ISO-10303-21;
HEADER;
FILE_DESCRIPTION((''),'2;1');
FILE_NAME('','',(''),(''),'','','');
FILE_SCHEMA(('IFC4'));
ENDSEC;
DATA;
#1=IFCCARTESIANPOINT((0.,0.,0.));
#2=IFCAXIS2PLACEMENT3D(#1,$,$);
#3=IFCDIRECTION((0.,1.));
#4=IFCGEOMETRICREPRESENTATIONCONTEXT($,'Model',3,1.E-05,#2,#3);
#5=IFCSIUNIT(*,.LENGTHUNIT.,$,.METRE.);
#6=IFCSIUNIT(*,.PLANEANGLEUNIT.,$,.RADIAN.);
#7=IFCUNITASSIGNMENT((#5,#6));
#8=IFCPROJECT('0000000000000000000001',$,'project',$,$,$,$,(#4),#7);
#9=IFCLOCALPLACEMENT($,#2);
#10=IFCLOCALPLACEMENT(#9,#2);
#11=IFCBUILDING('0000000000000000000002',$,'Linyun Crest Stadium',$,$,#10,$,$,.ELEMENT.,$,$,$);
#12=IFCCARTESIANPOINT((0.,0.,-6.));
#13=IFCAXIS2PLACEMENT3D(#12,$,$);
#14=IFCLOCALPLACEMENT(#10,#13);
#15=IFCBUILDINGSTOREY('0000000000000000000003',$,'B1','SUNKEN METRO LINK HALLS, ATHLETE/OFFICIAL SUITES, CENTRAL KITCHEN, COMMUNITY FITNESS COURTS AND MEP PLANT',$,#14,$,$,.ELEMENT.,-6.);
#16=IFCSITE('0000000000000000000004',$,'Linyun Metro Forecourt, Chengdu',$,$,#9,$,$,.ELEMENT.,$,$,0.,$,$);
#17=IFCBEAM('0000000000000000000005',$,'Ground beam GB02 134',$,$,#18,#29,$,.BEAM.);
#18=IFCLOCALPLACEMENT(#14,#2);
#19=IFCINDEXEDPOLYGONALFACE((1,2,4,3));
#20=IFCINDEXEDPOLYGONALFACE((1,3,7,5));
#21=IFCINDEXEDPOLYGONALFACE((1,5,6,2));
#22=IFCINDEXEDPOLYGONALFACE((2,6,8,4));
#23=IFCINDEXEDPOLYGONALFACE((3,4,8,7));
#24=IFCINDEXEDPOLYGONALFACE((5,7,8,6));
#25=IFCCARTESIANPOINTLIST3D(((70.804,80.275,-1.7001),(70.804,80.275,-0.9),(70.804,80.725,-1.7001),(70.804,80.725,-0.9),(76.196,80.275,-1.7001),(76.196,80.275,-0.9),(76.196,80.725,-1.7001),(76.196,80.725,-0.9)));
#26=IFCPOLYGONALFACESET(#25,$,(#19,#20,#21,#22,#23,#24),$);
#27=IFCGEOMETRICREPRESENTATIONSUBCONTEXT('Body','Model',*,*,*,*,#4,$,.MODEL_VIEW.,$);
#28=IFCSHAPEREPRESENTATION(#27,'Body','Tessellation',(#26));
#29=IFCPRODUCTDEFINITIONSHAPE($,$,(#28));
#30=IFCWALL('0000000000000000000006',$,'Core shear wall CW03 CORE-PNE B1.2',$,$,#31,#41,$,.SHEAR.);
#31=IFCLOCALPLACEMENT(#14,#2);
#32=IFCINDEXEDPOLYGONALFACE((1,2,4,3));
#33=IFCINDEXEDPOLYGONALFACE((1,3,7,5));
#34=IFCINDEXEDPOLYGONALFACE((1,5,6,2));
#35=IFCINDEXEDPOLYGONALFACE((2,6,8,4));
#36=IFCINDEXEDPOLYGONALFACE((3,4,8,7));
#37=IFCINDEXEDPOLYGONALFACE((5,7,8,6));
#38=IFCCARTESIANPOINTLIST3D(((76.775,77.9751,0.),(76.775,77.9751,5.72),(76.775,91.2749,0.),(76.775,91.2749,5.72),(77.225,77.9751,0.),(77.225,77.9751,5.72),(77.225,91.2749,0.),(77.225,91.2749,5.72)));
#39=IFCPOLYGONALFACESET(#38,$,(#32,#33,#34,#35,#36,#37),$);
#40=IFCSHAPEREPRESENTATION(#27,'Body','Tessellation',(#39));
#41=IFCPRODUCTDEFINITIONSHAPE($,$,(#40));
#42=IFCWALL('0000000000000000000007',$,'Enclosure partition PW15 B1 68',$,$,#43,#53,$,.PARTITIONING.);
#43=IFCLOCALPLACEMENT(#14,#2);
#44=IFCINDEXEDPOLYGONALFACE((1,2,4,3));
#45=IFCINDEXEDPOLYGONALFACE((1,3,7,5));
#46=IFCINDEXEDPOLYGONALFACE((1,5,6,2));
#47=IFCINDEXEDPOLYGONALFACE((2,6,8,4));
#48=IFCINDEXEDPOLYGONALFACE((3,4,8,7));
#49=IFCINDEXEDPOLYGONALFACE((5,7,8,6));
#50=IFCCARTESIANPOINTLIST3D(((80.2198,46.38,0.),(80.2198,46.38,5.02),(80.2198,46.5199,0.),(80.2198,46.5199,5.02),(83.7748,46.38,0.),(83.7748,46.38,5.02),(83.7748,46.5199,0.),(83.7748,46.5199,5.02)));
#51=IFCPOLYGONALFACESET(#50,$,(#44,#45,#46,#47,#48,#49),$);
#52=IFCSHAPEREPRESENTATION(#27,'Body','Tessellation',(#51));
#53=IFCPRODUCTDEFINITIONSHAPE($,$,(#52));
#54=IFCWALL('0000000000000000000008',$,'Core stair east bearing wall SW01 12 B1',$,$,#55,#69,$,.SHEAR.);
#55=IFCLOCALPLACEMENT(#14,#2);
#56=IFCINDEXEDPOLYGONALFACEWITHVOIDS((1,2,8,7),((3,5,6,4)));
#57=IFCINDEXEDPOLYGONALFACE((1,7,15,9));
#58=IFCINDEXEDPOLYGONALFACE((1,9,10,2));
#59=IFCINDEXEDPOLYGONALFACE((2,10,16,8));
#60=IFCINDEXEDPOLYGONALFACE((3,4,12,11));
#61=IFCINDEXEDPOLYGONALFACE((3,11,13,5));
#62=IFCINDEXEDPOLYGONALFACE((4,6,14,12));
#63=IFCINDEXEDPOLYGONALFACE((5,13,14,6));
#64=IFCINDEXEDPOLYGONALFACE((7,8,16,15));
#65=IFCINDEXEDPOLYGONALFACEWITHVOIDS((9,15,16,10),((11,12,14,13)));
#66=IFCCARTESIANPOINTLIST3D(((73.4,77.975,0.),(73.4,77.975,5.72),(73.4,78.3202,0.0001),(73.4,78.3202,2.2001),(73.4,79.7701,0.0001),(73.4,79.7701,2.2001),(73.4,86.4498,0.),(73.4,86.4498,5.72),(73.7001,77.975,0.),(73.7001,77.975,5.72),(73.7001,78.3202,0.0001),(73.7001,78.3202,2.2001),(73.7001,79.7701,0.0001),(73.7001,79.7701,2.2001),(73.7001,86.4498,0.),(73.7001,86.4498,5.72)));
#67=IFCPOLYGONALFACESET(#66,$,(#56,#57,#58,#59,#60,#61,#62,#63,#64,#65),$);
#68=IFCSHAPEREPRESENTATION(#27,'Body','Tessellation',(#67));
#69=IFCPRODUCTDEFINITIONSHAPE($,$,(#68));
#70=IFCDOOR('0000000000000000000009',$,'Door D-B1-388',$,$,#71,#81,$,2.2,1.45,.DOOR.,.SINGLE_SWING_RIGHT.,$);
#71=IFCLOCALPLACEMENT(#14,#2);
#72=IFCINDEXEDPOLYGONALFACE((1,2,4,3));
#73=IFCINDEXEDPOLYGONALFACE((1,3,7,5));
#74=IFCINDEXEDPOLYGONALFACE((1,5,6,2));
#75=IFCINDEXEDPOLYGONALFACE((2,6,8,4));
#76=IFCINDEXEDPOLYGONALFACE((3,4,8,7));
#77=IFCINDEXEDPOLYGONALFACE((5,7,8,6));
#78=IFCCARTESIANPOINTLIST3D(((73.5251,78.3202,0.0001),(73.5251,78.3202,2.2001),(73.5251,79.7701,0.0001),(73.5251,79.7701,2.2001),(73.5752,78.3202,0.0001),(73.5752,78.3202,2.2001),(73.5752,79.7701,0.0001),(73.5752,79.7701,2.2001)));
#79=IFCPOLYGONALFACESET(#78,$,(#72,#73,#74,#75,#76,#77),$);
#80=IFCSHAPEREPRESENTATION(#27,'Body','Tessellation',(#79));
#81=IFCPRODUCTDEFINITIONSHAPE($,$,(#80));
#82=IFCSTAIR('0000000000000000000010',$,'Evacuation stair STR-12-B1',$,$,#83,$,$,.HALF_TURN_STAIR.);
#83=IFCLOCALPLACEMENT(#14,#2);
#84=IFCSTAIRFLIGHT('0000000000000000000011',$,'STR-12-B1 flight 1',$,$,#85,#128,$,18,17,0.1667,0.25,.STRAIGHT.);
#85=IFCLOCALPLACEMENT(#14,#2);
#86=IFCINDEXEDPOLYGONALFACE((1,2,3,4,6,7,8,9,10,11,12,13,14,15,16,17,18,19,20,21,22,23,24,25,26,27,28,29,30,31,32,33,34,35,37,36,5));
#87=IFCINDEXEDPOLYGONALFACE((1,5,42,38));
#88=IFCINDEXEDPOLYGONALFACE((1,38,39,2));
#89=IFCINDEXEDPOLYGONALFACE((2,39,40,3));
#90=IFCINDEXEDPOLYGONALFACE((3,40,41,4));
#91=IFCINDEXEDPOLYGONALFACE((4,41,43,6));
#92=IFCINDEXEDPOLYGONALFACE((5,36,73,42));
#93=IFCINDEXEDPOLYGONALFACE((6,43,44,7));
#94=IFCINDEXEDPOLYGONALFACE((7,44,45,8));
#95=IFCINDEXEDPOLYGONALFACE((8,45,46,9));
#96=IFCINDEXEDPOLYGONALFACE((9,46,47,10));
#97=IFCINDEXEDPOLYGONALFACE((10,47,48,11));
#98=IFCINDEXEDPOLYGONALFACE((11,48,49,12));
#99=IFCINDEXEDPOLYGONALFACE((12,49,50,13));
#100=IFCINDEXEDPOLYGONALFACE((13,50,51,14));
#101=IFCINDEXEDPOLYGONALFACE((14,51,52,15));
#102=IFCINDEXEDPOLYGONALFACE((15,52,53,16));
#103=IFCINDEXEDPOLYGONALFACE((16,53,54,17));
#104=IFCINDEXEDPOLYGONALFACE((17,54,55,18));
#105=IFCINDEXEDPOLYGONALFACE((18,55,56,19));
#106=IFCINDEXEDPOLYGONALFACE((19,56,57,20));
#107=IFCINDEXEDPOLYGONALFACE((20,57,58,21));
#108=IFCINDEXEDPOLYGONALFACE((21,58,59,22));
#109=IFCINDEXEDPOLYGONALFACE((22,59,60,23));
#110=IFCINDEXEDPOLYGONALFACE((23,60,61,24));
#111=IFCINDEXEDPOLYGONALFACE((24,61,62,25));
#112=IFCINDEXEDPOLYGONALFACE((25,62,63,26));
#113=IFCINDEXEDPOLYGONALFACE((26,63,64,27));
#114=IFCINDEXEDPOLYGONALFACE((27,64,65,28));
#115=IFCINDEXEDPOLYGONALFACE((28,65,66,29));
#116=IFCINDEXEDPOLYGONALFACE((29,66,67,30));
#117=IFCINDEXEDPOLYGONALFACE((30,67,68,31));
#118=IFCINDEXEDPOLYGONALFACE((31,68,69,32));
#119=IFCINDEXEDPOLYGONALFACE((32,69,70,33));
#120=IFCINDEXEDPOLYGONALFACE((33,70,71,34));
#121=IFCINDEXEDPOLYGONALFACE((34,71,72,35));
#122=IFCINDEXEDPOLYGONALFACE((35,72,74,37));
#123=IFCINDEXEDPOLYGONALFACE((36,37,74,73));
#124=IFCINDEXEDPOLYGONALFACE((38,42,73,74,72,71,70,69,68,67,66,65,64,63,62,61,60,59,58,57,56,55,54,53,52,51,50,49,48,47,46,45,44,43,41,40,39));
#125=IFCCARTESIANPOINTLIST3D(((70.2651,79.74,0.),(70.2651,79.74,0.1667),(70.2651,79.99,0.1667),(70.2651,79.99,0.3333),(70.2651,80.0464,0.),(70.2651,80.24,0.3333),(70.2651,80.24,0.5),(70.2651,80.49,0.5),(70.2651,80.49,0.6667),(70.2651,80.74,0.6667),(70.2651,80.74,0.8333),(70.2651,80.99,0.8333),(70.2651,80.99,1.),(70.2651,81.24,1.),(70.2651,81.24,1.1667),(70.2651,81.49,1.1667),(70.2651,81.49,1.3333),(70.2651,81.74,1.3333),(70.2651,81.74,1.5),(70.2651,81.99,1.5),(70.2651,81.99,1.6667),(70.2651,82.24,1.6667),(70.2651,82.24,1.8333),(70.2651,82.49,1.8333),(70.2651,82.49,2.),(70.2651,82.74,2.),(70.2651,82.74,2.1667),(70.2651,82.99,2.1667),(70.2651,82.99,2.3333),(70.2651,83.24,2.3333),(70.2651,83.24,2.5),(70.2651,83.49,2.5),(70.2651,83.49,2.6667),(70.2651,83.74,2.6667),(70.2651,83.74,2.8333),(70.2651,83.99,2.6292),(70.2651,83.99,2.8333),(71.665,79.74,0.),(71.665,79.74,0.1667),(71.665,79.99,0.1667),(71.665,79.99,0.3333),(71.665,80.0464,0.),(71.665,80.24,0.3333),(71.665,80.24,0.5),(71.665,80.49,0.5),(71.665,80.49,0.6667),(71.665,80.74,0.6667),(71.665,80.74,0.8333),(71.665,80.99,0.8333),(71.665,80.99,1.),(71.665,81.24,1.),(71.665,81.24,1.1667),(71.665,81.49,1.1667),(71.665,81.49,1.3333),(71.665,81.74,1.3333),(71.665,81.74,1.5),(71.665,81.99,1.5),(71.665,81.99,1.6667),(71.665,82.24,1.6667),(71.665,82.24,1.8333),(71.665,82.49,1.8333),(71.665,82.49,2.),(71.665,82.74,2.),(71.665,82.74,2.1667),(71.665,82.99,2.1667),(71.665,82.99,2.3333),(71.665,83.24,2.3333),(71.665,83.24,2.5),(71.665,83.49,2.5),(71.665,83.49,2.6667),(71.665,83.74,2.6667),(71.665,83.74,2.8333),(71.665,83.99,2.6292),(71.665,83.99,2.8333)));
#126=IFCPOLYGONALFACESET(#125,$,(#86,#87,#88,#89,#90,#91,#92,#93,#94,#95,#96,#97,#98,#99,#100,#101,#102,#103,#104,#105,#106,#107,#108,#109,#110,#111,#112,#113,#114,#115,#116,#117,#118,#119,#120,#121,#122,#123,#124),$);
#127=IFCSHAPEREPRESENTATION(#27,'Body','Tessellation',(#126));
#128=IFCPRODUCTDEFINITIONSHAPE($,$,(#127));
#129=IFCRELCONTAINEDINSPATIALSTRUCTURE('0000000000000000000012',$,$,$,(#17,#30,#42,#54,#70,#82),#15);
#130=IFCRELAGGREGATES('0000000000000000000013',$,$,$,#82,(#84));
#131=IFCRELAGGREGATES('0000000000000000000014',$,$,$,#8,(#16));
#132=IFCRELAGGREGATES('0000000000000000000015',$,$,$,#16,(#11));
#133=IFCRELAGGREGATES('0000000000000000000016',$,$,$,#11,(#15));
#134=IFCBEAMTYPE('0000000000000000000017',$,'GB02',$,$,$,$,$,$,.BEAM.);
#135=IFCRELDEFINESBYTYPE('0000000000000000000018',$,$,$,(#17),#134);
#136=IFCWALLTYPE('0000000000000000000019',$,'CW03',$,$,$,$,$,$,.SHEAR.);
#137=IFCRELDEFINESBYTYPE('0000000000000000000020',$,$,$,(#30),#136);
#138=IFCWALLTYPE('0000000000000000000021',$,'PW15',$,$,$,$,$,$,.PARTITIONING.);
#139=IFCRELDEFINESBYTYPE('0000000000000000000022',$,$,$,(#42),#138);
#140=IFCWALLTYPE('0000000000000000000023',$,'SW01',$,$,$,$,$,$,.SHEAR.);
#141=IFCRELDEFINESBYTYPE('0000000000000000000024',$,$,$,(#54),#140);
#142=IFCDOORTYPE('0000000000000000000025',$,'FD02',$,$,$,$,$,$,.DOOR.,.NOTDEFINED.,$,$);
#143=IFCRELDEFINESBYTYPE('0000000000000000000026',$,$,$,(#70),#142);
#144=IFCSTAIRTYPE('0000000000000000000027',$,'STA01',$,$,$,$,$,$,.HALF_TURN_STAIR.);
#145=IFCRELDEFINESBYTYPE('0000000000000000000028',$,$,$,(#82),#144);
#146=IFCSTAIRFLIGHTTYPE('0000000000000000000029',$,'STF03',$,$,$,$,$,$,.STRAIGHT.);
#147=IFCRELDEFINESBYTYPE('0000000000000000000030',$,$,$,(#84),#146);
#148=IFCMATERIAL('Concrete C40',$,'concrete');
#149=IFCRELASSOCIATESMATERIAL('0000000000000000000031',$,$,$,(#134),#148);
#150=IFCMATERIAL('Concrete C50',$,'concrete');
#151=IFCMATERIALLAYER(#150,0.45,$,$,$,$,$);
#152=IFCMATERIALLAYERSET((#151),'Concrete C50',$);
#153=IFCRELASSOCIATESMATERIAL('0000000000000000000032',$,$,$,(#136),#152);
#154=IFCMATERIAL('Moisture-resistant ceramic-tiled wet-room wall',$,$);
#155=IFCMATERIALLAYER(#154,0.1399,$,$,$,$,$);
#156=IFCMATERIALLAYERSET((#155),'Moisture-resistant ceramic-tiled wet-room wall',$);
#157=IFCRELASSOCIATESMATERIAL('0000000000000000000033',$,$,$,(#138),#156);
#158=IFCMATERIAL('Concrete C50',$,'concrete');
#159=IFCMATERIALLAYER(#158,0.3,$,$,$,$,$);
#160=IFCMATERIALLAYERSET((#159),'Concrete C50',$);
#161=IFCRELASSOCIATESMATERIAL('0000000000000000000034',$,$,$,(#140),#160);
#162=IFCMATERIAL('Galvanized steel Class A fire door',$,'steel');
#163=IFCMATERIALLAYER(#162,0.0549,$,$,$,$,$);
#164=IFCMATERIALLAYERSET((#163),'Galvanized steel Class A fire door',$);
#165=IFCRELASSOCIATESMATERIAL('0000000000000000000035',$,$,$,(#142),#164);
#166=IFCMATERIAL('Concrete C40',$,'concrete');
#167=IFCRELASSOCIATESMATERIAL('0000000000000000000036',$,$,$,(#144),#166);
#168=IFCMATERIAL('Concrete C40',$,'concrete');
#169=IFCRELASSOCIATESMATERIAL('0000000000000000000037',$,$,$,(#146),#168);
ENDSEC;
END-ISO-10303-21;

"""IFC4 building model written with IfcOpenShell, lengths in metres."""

from ifc_helpers import new_model, si_unit, direction, frame, frame_2d, origin, origin_2d, place, context, subcontext, project, spatial, polyline, rectangle, outline, extrude, material, layer, layer_set, material_profile, profile_set, type_object, element, fill, aggregate, save


model = new_model("IFC4")

# Units and contexts
model_context = context("Model", 3, precision=1e-05, world=origin(), true_north=direction((0.0, 1.0)))
body_context = subcontext(model_context, "Body", "Model", "MODEL_VIEW")
ifc_project = project(units=[si_unit("LENGTHUNIT", "METRE"), si_unit("PLANEANGLEUNIT", "RADIAN")], contexts=[model_context])

# Site, building, storey
site_placement = place(None, origin())
site = spatial("IfcSite", under=ifc_project, at=site_placement, Name="Linyun Metro Forecourt, Chengdu", CompositionType="ELEMENT", RefElevation=0.0)
building_placement = place(site_placement, origin())
building = spatial("IfcBuilding", under=site, at=building_placement, Name="Linyun Crest Stadium", CompositionType="ELEMENT")
storey_placement = place(building_placement, frame((0.0, 0.0, -6.0)))
storey = spatial("IfcBuildingStorey", under=building, at=storey_placement, Name="B1", Description="SUNKEN METRO LINK HALLS, ATHLETE/OFFICIAL SUITES, CENTRAL KITCHEN, COMMUNITY FITNESS COURTS AND MEP PLANT", CompositionType="ELEMENT", Elevation=-6.0)

# Beam
ifc_material_1 = material(Name="Concrete C40", Category="concrete")
ifc_material_profile_1 = material_profile(ifc_material_1, rectangle(XDim=0.45, YDim=0.8, at=origin_2d()), Name="RCB 800x450")
ifc_profile_set_1 = profile_set([ifc_material_profile_1], Name="Concrete C40")
beam_type = type_object("IfcBeamType", Name="GB02", PredefinedType="BEAM", material=ifc_profile_set_1)
beam_placement = place(storey_placement, frame((70.804, 80.5, -1.3), z_axis=(1.0, 0.0, 0.0), x_axis=(0.0, 1.0, 0.0)))
element("IfcBeam", 1, at=beam_placement, inside=storey, type_object=beam_type, Name="Ground beam GB02 134", PredefinedType="BEAM", context=body_context, shape_type="SweptSolid", body=[
    extrude(rectangle(XDim=0.45, YDim=0.8, at=origin_2d()), origin(), (0.0, 0.0, 1.0), 5.3921),
])

# Walls
ifc_material_2 = material(Name="Concrete C50", Category="concrete")
ifc_layer_1 = layer(ifc_material_2, 0.45)
ifc_layer_set_1 = layer_set([ifc_layer_1], Name="Concrete C50")
wall_type_1 = type_object("IfcWallType", Name="CW03", PredefinedType="SHEAR", material=ifc_layer_set_1)
wall_1_placement = place(storey_placement, frame((77.0, 77.9751, 0.0), z_axis=(0.0, 0.0, 1.0), x_axis=(0.0, 1.0, 0.0)))
element("IfcWall", 2, at=wall_1_placement, inside=storey, type_object=wall_type_1, Name="Core shear wall CW03 CORE-PNE B1.2", PredefinedType="SHEAR", context=body_context, shape_type="SweptSolid", body=[
    extrude(rectangle(XDim=13.2998, YDim=0.45, at=frame_2d((6.6499, 0.0))), origin(), (0.0, 0.0, 1.0), 5.72),
])
ifc_material_3 = material(Name="Moisture-resistant ceramic-tiled wet-room wall")
ifc_layer_2 = layer(ifc_material_3, 0.1399)
ifc_layer_set_2 = layer_set([ifc_layer_2], Name="Moisture-resistant ceramic-tiled wet-room wall")
wall_type_2 = type_object("IfcWallType", Name="PW15", PredefinedType="PARTITIONING", material=ifc_layer_set_2)
wall_2_placement = place(storey_placement, frame((80.22, 46.45, 0.0), z_axis=(0.0, 0.0, 1.0), x_axis=(1.0, 0.0, 0.0)))
element("IfcWall", 3, at=wall_2_placement, inside=storey, type_object=wall_type_2, Name="Enclosure partition PW15 B1 68", PredefinedType="PARTITIONING", context=body_context, shape_type="SweptSolid", body=[
    extrude(rectangle(XDim=3.5549, YDim=0.1399, at=frame_2d((1.7773, 0.0))), origin(), (0.0, 0.0, 1.0), 5.02),
])

# Wall, opening, door
ifc_material_4 = material(Name="Concrete C50", Category="concrete")
ifc_layer_3 = layer(ifc_material_4, 0.3)
ifc_layer_set_3 = layer_set([ifc_layer_3], Name="Concrete C50")
wall_type_3 = type_object("IfcWallType", Name="SW01", PredefinedType="SHEAR", material=ifc_layer_set_3)
wall_3_placement = place(storey_placement, frame((73.55, 77.9751, 0.0), z_axis=(0.0, 0.0, 1.0), x_axis=(0.0, 1.0, 0.0)))
wall_3 = element("IfcWall", 4, at=wall_3_placement, inside=storey, type_object=wall_type_3, Name="Core stair east bearing wall SW01 12 B1", PredefinedType="SHEAR", context=body_context, shape_type="SweptSolid", body=[
    extrude(rectangle(XDim=8.4749, YDim=0.3, at=frame_2d((4.2373, 0.0))), origin(), (0.0, 0.0, 1.0), 5.72),
])
opening_placement = place(wall_3_placement, frame((0.345, 0.0, 0.0)))
opening = element("IfcOpeningElement", 5, at=opening_placement, cuts=wall_3, PredefinedType="OPENING", context=body_context, shape_type="SweptSolid", body=[
    extrude(rectangle(XDim=1.45, YDim=2.2, at=frame_2d((0.7251, 1.1001))), frame((0.0, 0.1599, 0.0), z_axis=(0.0, -1.0, 0.0), x_axis=(1.0, 0.0, 0.0)), (0.0, 0.0, 1.0), 0.3201),
])
ifc_material_5 = material(Name="Galvanized steel Class A fire door", Category="steel")
ifc_layer_4 = layer(ifc_material_5, 0.0549)
ifc_layer_set_4 = layer_set([ifc_layer_4], Name="Galvanized steel Class A fire door")
door_type = type_object("IfcDoorType", Name="FD02", OperationType="NOTDEFINED", PredefinedType="DOOR", material=ifc_layer_set_4)
door_placement = place(opening_placement, origin())
door = element("IfcDoor", 6, at=door_placement, inside=storey, type_object=door_type, Name="Door D-B1-388", OperationType="SINGLE_SWING_RIGHT", OverallHeight=2.2, OverallWidth=1.45, PredefinedType="DOOR", context=body_context, shape_type="SweptSolid", body=[
    extrude(rectangle(XDim=1.45, YDim=2.2, at=frame_2d((0.7251, 1.1001))), frame((0.0, 0.0249, 0.0), z_axis=(0.0, -1.0, 0.0), x_axis=(1.0, 0.0, 0.0)), (0.0, 0.0, 1.0), 0.05),
])
fill(opening, door)

# Stair, stair flight
ifc_material_6 = material(Name="Concrete C40", Category="concrete")
stair_type = type_object("IfcStairType", Name="STA01", PredefinedType="HALF_TURN_STAIR", material=ifc_material_6)
stair_placement = place(storey_placement, origin())
stair = element("IfcStair", 7, at=stair_placement, inside=storey, type_object=stair_type, Name="Evacuation stair STR-12-B1", PredefinedType="HALF_TURN_STAIR")
ifc_material_7 = material(Name="Concrete C40", Category="concrete")
stair_flight_type = type_object("IfcStairFlightType", Name="STF03", PredefinedType="STRAIGHT", material=ifc_material_7)
stair_flight_placement = place(storey_placement, frame((70.9651, 79.74, 0.0), z_axis=(0.0, 0.0, 1.0), x_axis=(0.0, 1.0, 0.0)))
stair_flight = element("IfcStairFlight", 8, at=stair_flight_placement, type_object=stair_flight_type, Name="STR-12-B1 flight 1", NumberOfRisers=18, NumberOfTreads=17, PredefinedType="STRAIGHT", RiserHeight=0.1667, TreadLength=0.25, context=body_context, shape_type="SweptSolid", body=[
    extrude(outline(polyline([(0.0, 0.0), (0.0, 0.1667), (0.25, 0.1667), (0.25, 0.3333), (0.5, 0.3333), (0.5, 0.5), (0.75, 0.5), (0.75, 0.6667), (1.0, 0.6667), (1.0, 0.8333), (1.25, 0.8333), (1.25, 1.0), (1.5, 1.0), (1.5, 1.1667), (1.75, 1.1667), (1.75, 1.3333), (2.0, 1.3333), (2.0, 1.5), (2.25, 1.5), (2.25, 1.6667), (2.5, 1.6667), (2.5, 1.8333), (2.75, 1.8333), (2.75, 2.0), (3.0, 2.0), (3.0, 2.1667), (3.25, 2.1667), (3.25, 2.3333), (3.5, 2.3333), (3.5, 2.5), (3.75, 2.5), (3.75, 2.6667), (4.0, 2.6667), (4.0, 2.8333), (4.25, 2.8333), (4.25, 3.0), (4.25, 2.6292), (0.3064, 0.0), (0.0, 0.0)])), frame((0.0, 0.7, 0.0), z_axis=(0.0, -1.0, 0.0), x_axis=(1.0, 0.0, 0.0)), (0.0, 0.0, 1.0), 1.3999),
])
aggregate(stair, [stair_flight])

save(model, "model.ifc")
